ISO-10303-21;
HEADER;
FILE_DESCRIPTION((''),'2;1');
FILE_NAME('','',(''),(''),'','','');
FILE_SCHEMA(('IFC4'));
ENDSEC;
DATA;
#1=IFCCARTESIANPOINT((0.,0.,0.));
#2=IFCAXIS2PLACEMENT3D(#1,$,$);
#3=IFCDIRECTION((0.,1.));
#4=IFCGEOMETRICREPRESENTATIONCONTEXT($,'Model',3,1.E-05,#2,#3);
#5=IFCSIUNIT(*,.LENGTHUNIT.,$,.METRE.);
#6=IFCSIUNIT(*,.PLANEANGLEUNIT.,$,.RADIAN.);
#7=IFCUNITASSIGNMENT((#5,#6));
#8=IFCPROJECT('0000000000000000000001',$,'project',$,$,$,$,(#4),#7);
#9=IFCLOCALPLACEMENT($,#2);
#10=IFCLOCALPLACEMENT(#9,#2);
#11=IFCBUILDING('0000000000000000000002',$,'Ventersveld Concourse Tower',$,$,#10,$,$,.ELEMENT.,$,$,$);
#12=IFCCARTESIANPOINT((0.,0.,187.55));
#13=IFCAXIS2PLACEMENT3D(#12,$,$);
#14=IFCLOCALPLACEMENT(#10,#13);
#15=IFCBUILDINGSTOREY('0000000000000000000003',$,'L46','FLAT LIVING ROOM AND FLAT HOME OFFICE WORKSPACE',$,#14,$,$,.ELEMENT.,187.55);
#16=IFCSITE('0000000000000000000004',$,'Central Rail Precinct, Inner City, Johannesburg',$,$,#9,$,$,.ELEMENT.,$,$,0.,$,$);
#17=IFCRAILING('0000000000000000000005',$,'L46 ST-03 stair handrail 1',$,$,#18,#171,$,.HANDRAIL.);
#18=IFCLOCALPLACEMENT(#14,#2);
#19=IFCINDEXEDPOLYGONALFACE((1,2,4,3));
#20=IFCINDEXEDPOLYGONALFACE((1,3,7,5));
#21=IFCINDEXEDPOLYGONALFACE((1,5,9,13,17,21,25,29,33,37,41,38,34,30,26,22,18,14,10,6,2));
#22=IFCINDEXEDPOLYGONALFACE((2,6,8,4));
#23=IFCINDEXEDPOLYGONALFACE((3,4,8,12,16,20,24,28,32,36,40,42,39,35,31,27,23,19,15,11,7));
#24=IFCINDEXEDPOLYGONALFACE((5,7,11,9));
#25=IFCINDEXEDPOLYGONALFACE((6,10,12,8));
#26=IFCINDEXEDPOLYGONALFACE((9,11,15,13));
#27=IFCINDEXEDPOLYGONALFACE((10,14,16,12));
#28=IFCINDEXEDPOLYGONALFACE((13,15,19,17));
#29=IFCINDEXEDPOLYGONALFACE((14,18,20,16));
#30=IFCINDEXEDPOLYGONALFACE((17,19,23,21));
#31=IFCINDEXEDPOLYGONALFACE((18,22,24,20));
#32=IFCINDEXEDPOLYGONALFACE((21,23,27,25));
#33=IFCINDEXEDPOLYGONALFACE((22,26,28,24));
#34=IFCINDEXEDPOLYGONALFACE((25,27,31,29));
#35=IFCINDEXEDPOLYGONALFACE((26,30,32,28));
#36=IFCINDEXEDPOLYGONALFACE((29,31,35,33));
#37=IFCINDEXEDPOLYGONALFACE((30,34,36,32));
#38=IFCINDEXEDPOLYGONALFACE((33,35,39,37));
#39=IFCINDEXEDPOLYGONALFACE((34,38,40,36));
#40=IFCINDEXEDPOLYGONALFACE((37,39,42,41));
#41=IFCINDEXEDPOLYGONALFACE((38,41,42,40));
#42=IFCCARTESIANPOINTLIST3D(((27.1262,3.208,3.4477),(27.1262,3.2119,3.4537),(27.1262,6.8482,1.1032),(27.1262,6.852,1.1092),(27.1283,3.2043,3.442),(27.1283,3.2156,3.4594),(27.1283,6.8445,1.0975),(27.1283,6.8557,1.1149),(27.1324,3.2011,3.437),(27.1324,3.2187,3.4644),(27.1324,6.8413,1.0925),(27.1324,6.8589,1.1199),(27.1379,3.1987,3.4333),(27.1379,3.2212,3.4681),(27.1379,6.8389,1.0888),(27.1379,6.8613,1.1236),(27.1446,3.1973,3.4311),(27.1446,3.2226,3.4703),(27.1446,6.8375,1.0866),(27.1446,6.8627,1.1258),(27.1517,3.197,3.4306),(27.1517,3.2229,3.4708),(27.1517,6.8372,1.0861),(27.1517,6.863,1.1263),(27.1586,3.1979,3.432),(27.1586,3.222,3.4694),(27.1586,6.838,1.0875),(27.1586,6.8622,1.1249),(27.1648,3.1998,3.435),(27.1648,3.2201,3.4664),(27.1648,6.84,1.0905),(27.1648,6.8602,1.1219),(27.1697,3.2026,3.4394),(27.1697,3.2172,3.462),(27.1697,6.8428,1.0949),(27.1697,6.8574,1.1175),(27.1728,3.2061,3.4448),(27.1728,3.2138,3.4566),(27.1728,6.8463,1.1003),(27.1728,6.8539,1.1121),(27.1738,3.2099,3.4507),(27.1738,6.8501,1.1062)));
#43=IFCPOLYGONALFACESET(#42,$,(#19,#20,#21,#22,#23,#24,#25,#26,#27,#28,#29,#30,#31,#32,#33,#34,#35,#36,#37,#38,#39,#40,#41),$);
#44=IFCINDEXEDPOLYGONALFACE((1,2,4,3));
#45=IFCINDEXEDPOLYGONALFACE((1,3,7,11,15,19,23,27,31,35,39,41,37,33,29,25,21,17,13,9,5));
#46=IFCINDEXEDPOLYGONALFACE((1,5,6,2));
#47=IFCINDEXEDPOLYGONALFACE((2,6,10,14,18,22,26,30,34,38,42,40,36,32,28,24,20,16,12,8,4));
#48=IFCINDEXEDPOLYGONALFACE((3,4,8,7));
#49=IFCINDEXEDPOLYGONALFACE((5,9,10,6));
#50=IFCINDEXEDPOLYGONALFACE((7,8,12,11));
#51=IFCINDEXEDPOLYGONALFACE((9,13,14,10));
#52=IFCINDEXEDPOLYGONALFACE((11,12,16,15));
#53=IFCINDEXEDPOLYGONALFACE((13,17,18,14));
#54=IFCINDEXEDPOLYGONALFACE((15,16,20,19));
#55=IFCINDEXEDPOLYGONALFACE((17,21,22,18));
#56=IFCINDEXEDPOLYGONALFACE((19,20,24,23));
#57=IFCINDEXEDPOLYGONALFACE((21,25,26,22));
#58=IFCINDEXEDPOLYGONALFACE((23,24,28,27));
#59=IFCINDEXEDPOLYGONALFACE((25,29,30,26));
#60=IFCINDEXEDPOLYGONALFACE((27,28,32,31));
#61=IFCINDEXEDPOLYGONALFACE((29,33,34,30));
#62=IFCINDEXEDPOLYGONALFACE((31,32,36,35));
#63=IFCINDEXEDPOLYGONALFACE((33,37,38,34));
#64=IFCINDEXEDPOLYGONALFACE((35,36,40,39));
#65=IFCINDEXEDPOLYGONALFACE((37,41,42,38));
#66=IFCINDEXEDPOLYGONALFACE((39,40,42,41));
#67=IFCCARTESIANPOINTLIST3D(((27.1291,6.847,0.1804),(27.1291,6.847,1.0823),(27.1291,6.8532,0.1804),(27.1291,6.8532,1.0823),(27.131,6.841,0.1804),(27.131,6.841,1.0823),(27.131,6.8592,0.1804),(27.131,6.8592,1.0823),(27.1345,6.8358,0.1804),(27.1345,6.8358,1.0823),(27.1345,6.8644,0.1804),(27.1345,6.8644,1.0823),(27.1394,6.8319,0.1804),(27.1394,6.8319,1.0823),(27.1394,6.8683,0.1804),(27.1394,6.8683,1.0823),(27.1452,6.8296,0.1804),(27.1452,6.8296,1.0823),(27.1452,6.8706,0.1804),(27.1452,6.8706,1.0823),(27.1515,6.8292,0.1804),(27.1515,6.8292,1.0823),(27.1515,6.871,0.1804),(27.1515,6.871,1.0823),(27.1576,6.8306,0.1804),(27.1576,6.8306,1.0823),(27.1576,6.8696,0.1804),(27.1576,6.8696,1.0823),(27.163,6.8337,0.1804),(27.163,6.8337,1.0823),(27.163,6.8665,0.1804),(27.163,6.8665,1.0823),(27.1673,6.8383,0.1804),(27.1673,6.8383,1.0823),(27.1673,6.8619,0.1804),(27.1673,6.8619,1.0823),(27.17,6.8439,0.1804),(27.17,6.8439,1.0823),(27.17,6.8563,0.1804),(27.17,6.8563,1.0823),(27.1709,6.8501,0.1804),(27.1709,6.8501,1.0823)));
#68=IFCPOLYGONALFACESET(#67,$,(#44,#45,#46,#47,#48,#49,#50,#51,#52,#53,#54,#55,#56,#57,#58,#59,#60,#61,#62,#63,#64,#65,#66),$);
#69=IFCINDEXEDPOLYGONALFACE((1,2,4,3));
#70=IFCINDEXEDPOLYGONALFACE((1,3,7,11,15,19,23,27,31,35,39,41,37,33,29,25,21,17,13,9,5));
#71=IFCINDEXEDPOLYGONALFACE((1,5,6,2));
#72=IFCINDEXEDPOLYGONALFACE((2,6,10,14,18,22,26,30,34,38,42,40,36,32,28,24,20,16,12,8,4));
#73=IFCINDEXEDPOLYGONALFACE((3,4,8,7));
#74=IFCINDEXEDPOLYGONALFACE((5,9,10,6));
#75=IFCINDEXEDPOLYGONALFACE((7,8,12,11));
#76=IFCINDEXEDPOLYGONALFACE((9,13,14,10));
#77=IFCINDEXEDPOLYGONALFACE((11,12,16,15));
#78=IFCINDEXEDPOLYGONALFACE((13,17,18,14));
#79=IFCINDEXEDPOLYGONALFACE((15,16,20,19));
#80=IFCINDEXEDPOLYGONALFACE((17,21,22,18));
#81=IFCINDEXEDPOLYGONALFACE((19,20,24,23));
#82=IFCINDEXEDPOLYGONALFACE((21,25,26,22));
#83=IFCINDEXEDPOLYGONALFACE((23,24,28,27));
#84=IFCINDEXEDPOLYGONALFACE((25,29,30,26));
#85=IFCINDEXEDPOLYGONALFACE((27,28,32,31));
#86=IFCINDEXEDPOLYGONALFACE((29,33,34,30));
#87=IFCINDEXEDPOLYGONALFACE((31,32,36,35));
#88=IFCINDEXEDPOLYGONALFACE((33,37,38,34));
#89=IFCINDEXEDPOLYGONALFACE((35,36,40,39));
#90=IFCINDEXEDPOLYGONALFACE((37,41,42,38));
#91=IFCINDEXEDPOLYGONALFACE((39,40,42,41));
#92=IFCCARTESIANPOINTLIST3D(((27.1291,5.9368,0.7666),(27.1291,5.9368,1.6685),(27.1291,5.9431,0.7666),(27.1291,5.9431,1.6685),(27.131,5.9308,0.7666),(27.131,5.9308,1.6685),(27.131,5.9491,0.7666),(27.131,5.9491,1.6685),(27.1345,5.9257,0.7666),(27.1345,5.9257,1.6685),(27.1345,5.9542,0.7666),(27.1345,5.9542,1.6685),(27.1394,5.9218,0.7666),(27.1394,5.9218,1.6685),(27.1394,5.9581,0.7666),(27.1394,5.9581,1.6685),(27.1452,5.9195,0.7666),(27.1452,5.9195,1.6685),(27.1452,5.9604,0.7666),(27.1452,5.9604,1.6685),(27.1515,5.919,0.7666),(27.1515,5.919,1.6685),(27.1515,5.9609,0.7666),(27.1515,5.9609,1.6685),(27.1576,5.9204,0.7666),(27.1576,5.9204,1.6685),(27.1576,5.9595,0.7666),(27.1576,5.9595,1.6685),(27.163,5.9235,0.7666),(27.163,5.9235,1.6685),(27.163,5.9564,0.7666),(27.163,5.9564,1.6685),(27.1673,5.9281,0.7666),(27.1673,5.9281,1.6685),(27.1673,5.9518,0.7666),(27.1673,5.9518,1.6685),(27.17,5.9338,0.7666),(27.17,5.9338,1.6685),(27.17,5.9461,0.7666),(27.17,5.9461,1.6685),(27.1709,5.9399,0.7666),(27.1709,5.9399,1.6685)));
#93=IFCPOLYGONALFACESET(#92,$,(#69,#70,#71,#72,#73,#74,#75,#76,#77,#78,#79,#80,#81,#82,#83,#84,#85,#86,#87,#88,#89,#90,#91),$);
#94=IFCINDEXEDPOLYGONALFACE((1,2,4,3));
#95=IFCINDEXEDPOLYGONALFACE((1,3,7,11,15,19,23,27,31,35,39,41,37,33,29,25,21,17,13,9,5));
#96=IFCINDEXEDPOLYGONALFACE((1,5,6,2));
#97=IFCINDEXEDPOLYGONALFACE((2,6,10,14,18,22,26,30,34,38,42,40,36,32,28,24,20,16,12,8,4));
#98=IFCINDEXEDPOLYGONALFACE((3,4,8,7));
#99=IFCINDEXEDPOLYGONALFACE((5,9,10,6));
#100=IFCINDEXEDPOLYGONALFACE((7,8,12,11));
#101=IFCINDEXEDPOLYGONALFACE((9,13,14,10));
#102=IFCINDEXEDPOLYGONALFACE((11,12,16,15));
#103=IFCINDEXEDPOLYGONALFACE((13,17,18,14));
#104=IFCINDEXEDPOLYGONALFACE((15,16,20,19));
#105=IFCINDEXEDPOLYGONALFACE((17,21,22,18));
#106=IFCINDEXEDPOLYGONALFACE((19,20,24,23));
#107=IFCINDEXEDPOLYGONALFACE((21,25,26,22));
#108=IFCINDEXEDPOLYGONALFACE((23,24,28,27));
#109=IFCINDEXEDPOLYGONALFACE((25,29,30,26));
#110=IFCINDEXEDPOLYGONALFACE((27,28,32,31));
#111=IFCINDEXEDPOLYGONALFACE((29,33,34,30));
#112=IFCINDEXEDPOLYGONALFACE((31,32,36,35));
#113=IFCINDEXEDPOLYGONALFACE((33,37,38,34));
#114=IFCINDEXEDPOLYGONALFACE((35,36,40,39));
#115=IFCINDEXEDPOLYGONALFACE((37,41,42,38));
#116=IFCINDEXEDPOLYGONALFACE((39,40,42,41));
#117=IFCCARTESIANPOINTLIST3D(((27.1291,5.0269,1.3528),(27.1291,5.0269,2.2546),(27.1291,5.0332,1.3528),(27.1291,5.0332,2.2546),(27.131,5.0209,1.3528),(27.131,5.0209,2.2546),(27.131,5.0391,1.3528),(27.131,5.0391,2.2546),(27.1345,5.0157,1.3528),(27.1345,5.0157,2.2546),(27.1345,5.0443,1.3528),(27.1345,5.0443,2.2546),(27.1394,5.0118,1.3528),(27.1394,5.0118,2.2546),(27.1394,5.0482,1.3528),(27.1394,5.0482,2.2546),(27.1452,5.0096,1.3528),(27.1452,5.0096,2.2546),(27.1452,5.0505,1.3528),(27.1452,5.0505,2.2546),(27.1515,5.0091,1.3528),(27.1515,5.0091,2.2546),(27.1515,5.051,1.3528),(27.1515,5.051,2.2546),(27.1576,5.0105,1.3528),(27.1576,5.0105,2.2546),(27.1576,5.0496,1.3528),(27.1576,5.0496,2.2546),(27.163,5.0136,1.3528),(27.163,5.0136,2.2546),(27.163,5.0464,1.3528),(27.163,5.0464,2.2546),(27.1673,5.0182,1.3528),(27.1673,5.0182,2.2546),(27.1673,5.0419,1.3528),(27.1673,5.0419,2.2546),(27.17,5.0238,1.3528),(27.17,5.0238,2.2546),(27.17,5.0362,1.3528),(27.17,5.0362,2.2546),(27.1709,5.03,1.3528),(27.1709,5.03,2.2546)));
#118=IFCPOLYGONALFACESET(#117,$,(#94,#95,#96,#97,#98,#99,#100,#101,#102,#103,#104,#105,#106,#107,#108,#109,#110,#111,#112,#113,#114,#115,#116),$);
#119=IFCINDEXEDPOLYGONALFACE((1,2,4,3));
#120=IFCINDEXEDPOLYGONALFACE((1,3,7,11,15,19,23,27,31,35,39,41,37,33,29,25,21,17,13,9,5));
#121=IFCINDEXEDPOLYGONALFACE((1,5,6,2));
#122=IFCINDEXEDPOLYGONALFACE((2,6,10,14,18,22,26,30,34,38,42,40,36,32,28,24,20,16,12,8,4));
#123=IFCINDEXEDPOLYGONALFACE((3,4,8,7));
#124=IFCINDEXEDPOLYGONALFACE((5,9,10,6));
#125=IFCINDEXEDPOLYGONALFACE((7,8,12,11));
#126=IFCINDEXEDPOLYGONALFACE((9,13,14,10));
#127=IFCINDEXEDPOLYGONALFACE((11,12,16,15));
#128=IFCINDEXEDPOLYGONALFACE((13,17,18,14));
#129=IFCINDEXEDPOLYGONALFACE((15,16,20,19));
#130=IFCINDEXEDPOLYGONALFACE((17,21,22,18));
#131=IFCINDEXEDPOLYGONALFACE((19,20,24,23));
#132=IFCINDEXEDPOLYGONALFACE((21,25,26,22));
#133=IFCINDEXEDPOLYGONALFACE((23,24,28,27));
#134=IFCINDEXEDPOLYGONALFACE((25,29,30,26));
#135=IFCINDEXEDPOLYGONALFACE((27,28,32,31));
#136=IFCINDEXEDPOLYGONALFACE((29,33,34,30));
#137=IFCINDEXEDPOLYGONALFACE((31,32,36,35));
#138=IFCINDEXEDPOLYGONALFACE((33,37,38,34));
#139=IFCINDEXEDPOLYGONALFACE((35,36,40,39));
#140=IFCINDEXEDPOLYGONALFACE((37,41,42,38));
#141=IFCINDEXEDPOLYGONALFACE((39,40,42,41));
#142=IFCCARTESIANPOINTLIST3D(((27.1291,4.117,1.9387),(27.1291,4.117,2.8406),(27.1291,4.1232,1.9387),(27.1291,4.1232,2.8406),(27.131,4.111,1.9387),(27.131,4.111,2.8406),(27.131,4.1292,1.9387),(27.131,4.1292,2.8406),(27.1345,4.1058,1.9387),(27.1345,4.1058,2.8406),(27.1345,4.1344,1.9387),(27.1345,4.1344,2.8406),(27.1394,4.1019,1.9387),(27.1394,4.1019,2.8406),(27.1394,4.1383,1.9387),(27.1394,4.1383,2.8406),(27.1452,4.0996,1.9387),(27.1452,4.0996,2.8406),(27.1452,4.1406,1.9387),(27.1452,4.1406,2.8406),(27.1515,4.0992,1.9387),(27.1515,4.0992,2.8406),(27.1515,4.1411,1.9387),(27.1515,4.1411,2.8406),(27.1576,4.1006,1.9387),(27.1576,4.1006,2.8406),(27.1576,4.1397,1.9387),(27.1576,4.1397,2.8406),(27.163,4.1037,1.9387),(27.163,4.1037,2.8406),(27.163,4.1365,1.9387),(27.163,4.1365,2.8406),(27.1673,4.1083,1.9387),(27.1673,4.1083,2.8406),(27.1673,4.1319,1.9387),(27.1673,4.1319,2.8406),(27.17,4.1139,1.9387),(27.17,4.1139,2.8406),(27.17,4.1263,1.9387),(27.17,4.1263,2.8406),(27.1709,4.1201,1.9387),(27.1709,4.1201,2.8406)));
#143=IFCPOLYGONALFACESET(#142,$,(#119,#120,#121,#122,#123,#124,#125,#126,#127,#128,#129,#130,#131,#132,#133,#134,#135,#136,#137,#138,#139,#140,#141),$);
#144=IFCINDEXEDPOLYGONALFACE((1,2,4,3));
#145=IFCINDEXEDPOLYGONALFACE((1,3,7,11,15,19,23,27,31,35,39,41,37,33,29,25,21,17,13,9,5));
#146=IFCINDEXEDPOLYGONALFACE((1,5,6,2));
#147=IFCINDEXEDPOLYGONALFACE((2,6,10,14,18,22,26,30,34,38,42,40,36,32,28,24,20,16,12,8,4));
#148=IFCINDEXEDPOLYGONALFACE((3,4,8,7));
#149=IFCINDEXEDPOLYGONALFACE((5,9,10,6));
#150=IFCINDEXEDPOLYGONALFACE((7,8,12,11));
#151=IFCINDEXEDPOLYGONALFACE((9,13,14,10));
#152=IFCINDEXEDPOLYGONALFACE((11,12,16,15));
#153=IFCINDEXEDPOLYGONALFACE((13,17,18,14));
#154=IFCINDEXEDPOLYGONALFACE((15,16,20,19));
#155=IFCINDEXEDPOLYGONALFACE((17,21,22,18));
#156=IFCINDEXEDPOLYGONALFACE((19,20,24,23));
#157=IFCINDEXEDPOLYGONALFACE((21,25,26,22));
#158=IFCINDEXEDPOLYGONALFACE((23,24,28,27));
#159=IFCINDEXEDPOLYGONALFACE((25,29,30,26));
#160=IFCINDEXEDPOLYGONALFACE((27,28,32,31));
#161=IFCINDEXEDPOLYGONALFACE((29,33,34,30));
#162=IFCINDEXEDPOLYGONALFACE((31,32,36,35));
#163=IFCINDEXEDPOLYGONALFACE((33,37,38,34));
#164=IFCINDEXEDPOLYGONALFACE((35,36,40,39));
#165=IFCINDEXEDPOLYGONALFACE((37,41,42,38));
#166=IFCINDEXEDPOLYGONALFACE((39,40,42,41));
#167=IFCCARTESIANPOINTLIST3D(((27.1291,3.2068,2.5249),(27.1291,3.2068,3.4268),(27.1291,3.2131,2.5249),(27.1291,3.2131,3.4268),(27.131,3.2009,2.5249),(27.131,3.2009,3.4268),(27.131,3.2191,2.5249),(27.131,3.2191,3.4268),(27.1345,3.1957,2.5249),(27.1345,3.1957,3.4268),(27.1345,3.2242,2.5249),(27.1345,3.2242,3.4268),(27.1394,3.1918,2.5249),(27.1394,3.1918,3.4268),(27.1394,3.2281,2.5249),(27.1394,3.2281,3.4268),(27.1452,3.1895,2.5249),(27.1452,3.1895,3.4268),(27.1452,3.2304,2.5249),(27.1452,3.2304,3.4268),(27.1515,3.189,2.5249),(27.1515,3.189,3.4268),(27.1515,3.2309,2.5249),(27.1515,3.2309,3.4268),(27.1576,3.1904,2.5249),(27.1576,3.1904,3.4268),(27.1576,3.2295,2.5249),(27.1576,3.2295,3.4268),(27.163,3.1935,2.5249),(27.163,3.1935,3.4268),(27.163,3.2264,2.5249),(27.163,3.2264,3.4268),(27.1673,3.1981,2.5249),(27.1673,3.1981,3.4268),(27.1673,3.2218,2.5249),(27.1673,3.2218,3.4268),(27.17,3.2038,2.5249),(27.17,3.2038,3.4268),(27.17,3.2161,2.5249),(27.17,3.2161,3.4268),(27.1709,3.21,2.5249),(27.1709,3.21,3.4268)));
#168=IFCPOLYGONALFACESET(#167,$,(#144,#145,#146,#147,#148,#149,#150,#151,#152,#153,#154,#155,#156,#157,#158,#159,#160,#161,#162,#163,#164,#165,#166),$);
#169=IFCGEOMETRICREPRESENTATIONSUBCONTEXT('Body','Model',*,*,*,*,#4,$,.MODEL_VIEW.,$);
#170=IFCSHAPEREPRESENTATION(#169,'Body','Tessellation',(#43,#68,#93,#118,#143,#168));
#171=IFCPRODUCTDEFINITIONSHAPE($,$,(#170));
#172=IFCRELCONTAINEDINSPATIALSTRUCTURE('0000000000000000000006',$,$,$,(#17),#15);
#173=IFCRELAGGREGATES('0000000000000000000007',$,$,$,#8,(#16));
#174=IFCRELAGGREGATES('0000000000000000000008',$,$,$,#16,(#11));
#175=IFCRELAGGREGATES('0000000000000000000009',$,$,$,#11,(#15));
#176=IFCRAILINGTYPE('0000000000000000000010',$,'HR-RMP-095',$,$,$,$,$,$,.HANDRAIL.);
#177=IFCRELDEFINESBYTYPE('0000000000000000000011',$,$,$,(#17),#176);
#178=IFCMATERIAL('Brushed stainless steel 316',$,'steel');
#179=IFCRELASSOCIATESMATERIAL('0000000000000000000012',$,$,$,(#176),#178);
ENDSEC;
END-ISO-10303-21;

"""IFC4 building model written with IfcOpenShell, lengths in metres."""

from ifc_helpers import new_model, si_unit, direction, frame, origin, origin_2d, place, context, subcontext, project, spatial, circle, extrude, material, type_object, element, save


model = new_model("IFC4")

# Units and contexts
model_context = context("Model", 3, precision=1e-05, world=origin(), true_north=direction((0.0, 1.0)))
body_context = subcontext(model_context, "Body", "Model", "MODEL_VIEW")
ifc_project = project(units=[si_unit("LENGTHUNIT", "METRE"), si_unit("PLANEANGLEUNIT", "RADIAN")], contexts=[model_context])

# Site, building, storey
site_placement = place(None, origin())
site = spatial("IfcSite", under=ifc_project, at=site_placement, Name="Central Rail Precinct, Inner City, Johannesburg", CompositionType="ELEMENT", RefElevation=0.0)
building_placement = place(site_placement, origin())
building = spatial("IfcBuilding", under=site, at=building_placement, Name="Ventersveld Concourse Tower", CompositionType="ELEMENT")
storey_placement = place(building_placement, frame((0.0, 0.0, 187.55)))
storey = spatial("IfcBuildingStorey", under=building, at=storey_placement, Name="L46", Description="FLAT LIVING ROOM AND FLAT HOME OFFICE WORKSPACE", CompositionType="ELEMENT", Elevation=187.55)

# Shared definitions
ifc_material_1 = material(Name="Brushed stainless steel 316", Category="steel")

# Railing
railing_type_1 = type_object("IfcRailingType", Name="HR-RMP-095", PredefinedType="HANDRAIL", material=ifc_material_1)
railing_1_placement = place(storey_placement, frame((27.1499, 6.8501, 0.1804)))
element("IfcRailing", 1, at=railing_1_placement, inside=storey, type_object=railing_type_1, Name="L46 ST-03 stair handrail 1", PredefinedType="HANDRAIL", context=body_context, shape_type="SweptSolid", body=[
    extrude(circle(Radius=0.0239, at=origin_2d()), frame((0.0, 0.0, 0.9258), z_axis=(0.0, -0.840716, 0.541476), x_axis=(1.0, 0.0, 0.0)), (0.0, 0.0, 1.0), 4.3298),
    extrude(circle(Radius=0.021, at=origin_2d()), origin(), (0.0, 0.0, 1.0), 0.9019),
    extrude(circle(Radius=0.021, at=origin_2d()), frame((0.0, -0.9102, 0.5862)), (0.0, 0.0, 1.0), 0.9019),
    extrude(circle(Radius=0.021, at=origin_2d()), frame((0.0, -1.8201, 1.1724)), (0.0, 0.0, 1.0), 0.9019),
    extrude(circle(Radius=0.021, at=origin_2d()), frame((0.0, -2.73, 1.7583)), (0.0, 0.0, 1.0), 0.9019),
    extrude(circle(Radius=0.021, at=origin_2d()), frame((0.0, -3.6401, 2.3445)), (0.0, 0.0, 1.0), 0.9019),
])

save(model, "model.ifc")
